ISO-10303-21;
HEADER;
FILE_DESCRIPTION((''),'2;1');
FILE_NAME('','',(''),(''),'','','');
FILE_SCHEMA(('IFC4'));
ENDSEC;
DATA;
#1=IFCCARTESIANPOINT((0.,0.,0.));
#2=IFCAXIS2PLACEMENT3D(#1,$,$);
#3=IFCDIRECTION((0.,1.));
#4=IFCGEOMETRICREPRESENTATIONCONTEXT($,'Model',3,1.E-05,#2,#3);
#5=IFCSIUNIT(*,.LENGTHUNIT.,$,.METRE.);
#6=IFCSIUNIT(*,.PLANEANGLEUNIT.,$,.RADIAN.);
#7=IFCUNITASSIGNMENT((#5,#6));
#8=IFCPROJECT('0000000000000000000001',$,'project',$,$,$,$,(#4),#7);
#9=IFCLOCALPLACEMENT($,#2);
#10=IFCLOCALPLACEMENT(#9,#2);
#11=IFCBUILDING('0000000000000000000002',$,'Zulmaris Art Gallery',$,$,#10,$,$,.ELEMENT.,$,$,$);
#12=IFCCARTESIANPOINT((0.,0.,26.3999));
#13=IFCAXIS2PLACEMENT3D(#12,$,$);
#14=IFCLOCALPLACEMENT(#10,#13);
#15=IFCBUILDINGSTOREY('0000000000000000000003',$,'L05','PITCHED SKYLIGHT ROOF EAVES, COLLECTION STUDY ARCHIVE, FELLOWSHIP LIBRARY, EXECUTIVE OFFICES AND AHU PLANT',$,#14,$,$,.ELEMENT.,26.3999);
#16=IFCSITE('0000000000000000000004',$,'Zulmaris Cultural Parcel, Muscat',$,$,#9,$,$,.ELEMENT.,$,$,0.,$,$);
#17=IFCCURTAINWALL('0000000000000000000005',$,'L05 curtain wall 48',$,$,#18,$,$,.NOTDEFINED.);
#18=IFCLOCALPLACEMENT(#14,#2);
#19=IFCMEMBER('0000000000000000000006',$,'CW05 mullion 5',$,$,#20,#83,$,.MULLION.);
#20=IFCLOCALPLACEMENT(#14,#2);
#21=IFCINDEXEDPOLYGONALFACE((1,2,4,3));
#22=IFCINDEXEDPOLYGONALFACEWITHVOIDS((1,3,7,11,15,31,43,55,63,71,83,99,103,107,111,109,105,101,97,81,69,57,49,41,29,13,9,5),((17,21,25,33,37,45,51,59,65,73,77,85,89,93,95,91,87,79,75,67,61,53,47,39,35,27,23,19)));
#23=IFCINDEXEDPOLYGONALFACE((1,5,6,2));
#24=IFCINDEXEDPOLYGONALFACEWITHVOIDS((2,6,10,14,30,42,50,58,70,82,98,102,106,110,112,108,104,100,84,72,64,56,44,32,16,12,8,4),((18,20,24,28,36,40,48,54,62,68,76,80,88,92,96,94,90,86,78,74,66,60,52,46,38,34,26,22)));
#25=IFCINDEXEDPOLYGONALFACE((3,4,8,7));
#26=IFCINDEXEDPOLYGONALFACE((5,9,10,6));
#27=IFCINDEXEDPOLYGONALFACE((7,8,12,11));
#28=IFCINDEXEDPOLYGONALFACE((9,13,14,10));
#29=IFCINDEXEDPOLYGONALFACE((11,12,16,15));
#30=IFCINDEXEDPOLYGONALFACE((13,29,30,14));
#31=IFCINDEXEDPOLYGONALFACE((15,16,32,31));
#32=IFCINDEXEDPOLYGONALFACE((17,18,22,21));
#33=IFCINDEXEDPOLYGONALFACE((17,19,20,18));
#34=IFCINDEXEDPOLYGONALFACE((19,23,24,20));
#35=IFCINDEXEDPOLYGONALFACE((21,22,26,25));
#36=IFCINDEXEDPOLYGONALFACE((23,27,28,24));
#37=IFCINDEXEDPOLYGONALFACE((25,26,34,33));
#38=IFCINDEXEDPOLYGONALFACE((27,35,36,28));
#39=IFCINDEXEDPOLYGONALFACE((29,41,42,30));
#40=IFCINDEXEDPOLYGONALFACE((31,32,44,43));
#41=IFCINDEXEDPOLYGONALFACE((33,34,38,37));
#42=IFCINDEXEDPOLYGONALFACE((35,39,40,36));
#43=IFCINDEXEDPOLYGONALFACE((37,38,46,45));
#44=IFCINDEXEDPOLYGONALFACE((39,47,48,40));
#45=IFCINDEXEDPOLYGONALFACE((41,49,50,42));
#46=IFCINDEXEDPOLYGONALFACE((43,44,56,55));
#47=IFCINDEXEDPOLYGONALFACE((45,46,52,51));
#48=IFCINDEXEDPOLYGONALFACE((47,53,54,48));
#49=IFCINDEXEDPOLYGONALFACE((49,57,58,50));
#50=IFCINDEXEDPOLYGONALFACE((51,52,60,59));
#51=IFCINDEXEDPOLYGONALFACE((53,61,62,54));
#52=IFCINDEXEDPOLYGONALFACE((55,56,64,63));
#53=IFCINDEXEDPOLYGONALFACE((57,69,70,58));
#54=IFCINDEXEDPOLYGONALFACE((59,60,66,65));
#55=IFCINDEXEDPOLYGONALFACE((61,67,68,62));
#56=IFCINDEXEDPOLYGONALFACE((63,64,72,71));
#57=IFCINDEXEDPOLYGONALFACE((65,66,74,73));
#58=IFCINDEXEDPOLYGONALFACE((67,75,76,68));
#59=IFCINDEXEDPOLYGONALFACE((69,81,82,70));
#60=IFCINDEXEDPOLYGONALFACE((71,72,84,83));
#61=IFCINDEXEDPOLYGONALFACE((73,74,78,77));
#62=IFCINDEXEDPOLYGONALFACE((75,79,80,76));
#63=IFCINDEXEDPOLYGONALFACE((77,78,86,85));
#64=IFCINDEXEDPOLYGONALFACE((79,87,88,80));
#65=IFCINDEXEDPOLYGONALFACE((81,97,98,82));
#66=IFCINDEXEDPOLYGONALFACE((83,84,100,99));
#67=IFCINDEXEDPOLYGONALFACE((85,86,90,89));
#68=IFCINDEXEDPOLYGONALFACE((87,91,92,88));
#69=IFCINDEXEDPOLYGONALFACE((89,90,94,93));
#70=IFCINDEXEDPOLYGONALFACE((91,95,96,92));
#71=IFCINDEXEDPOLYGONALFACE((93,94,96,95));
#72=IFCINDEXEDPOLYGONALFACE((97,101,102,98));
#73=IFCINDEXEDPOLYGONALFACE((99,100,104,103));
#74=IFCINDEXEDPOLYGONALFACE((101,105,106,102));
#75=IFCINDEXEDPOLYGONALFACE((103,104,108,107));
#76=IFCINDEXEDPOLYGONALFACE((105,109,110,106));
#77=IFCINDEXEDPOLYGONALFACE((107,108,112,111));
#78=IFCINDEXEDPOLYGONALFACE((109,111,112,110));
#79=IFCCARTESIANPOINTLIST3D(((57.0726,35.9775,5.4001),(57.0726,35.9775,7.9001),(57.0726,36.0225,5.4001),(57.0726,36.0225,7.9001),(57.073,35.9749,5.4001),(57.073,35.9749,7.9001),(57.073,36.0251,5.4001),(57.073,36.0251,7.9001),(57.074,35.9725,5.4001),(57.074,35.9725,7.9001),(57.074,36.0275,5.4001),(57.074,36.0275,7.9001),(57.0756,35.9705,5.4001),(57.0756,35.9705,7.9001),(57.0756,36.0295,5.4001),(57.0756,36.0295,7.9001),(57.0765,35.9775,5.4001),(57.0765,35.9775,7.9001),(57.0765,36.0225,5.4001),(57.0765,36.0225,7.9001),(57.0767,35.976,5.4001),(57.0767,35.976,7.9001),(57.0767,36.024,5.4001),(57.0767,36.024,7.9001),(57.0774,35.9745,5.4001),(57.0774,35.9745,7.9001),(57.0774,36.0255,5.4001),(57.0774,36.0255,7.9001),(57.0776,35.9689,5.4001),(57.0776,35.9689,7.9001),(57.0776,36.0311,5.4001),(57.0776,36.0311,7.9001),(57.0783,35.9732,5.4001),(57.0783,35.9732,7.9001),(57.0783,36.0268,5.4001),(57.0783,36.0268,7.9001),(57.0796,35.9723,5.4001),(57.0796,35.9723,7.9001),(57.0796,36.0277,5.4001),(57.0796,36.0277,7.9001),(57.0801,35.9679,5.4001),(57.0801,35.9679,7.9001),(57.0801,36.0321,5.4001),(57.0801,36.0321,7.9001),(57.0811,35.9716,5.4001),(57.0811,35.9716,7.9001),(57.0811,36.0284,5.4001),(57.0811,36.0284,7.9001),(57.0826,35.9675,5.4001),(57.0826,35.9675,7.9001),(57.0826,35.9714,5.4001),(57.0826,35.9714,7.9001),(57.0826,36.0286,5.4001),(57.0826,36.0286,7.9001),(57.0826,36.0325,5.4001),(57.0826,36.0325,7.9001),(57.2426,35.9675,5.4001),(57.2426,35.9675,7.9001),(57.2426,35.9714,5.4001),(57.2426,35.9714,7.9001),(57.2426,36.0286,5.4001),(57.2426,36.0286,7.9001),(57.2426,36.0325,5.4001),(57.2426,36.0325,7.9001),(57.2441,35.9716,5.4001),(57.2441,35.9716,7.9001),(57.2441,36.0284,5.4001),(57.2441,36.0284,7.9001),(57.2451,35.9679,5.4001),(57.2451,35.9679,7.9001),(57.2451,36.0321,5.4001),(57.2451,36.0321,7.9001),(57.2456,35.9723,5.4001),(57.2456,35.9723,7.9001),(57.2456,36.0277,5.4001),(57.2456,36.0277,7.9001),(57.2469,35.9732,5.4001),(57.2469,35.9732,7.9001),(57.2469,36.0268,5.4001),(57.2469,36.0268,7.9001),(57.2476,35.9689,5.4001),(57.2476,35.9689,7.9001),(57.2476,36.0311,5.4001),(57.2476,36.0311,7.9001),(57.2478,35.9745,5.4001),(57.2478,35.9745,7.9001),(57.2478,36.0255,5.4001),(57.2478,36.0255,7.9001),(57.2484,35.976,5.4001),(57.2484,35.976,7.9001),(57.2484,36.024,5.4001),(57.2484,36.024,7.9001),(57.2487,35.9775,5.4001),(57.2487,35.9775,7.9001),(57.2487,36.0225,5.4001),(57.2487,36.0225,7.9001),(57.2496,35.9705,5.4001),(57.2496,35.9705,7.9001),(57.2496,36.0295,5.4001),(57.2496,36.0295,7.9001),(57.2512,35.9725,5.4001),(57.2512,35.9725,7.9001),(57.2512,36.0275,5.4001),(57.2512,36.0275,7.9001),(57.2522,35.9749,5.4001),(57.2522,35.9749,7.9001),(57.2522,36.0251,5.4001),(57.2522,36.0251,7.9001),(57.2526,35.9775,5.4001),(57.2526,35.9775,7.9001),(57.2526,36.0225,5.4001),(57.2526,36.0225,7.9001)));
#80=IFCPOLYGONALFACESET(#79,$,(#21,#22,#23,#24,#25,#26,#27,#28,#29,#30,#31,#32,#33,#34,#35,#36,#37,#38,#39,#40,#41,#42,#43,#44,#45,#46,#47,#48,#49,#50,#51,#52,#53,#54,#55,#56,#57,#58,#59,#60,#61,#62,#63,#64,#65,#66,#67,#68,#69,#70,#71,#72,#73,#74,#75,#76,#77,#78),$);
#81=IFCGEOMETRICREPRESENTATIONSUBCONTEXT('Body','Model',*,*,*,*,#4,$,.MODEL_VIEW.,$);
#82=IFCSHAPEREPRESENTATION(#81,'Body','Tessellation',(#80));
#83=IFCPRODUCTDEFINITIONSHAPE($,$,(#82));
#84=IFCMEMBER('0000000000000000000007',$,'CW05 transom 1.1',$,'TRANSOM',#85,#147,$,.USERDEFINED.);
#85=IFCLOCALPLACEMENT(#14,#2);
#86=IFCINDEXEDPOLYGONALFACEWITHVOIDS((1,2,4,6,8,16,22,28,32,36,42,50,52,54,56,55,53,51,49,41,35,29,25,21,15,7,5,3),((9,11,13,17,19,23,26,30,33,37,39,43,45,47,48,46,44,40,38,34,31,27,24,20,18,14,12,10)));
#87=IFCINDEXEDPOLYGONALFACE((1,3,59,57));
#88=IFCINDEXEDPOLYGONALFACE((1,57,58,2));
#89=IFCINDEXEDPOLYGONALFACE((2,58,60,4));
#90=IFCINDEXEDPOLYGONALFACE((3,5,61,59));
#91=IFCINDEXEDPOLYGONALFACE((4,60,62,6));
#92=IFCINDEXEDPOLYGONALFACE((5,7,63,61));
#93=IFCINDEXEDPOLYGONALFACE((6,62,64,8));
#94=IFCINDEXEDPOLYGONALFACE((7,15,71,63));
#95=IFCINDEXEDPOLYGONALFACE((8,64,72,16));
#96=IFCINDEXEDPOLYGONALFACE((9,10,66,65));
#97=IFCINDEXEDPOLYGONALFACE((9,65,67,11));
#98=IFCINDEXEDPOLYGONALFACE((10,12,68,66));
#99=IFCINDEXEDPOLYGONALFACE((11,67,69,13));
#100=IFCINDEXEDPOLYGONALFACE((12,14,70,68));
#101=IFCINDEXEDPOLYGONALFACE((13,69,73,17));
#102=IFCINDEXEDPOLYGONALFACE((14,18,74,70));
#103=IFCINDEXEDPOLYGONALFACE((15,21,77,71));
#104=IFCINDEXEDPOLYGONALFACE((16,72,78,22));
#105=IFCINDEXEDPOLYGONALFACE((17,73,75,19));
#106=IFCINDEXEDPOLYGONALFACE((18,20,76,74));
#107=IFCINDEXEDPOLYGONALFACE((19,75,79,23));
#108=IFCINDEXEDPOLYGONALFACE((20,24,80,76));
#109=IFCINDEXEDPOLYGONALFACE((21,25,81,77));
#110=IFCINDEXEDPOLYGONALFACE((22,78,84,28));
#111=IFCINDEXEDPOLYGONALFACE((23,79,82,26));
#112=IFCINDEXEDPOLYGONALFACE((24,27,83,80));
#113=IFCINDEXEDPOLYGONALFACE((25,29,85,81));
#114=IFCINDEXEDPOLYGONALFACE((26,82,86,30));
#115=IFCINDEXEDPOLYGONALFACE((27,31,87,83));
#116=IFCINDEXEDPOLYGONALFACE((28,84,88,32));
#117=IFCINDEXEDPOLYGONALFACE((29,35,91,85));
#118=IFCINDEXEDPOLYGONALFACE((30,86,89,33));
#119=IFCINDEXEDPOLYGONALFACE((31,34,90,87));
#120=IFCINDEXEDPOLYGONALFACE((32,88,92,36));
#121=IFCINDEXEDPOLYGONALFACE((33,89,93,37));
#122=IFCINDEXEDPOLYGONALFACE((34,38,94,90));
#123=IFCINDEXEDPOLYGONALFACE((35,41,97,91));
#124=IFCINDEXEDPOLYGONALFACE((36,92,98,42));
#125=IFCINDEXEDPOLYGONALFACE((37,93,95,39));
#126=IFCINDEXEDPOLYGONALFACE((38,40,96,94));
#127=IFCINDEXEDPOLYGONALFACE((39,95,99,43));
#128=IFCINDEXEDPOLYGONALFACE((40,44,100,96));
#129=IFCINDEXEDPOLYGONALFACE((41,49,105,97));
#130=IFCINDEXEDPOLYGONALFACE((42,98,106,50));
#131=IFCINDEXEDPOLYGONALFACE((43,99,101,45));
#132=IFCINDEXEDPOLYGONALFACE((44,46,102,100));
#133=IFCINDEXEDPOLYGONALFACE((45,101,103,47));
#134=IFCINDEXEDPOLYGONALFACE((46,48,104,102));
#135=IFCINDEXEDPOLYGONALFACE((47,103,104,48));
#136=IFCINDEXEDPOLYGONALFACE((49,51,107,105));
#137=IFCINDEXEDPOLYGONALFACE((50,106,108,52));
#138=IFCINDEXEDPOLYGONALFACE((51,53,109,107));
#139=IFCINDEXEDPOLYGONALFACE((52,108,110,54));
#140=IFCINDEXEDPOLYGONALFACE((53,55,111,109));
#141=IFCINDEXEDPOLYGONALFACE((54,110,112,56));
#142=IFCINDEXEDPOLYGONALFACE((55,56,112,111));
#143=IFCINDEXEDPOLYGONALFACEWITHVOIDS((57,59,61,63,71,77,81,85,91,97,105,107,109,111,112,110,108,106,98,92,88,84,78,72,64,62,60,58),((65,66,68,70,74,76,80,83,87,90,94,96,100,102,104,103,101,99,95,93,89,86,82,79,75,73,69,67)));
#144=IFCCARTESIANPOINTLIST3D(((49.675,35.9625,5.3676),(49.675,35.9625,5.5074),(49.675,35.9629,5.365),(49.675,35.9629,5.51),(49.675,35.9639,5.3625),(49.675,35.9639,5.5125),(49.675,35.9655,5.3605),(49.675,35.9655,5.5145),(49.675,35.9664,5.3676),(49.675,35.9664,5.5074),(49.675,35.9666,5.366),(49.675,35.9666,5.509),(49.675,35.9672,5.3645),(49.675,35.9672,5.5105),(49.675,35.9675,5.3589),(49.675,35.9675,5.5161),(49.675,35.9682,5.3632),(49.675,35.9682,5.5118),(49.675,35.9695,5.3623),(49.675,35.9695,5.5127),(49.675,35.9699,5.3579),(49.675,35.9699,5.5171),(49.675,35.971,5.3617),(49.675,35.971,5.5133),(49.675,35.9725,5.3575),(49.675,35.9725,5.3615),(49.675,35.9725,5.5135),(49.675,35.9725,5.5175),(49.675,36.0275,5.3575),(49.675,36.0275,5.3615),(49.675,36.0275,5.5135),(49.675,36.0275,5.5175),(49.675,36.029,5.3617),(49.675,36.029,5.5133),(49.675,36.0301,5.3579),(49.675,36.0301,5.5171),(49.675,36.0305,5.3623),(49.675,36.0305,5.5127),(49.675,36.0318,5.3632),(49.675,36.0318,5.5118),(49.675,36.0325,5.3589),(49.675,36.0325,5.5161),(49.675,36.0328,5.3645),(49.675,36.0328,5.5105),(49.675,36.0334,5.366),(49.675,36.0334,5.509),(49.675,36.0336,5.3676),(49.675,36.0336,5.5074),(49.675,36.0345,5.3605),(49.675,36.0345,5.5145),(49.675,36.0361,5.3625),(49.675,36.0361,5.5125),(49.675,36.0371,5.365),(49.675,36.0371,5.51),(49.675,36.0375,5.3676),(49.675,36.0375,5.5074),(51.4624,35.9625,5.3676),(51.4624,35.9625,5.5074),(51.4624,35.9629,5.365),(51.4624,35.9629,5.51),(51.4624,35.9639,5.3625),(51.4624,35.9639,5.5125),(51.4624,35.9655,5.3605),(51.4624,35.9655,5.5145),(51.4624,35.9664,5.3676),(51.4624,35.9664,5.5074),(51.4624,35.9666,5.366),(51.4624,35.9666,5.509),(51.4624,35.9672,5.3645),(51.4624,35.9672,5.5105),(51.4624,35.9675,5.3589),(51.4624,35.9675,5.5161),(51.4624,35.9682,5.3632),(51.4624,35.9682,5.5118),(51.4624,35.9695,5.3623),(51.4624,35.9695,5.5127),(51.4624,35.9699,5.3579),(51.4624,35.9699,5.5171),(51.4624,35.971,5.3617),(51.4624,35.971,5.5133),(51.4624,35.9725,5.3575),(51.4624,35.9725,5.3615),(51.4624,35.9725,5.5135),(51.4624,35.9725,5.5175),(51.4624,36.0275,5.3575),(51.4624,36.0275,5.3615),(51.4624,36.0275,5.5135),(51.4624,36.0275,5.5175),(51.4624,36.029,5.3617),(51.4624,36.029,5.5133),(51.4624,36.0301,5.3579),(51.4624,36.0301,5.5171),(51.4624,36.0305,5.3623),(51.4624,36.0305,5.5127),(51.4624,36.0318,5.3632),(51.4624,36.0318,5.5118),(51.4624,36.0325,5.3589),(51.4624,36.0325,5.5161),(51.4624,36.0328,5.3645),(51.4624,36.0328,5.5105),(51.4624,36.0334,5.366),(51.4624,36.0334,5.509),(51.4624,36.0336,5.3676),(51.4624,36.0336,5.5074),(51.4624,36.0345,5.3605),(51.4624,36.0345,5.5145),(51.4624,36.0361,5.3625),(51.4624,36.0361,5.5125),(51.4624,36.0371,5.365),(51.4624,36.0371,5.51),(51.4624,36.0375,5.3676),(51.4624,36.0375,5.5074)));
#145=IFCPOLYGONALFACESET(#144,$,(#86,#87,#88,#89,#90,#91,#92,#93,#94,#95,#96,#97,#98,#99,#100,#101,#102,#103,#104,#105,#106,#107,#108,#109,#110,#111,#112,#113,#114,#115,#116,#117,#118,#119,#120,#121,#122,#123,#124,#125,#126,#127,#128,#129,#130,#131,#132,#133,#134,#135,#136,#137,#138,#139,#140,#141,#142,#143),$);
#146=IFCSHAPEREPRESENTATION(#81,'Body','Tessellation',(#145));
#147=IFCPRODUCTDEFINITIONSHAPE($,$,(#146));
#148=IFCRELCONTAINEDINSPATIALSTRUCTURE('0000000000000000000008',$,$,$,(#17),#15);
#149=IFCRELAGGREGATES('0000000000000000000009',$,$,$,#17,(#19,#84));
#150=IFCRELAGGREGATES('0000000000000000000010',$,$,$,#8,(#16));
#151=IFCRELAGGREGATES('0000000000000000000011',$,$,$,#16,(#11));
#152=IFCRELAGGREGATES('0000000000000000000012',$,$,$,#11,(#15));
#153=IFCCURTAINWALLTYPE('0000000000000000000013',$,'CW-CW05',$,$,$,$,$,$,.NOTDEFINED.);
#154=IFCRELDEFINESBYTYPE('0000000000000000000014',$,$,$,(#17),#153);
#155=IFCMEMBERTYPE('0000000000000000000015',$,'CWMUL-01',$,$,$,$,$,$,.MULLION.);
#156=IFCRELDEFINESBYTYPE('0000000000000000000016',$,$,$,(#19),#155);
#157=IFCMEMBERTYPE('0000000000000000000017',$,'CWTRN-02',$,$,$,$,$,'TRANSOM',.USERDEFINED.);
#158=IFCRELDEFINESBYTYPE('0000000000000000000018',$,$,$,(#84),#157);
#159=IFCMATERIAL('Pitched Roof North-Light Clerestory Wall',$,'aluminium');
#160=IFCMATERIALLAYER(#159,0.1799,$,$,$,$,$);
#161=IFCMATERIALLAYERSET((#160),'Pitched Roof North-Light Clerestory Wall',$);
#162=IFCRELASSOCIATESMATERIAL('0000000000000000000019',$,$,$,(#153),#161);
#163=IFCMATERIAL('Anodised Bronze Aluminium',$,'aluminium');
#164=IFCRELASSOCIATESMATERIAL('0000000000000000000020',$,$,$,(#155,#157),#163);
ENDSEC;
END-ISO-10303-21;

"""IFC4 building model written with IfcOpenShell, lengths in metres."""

from ifc_helpers import new_model, si_unit, direction, frame, origin, origin_2d, place, context, subcontext, project, spatial, hollow_rectangle, extrude, material, layer, layer_set, material_profile, profile_set, type_object, element, aggregate, save


model = new_model("IFC4")

# Units and contexts
model_context = context("Model", 3, precision=1e-05, world=origin(), true_north=direction((0.0, 1.0)))
body_context = subcontext(model_context, "Body", "Model", "MODEL_VIEW")
ifc_project = project(units=[si_unit("LENGTHUNIT", "METRE"), si_unit("PLANEANGLEUNIT", "RADIAN")], contexts=[model_context])

# Site, building, storey
site_placement = place(None, origin())
site = spatial("IfcSite", under=ifc_project, at=site_placement, Name="Zulmaris Cultural Parcel, Muscat", CompositionType="ELEMENT", RefElevation=0.0)
building_placement = place(site_placement, origin())
building = spatial("IfcBuilding", under=site, at=building_placement, Name="Zulmaris Art Gallery", CompositionType="ELEMENT")
storey_placement = place(building_placement, frame((0.0, 0.0, 26.3999)))
storey = spatial("IfcBuildingStorey", under=building, at=storey_placement, Name="L05", Description="PITCHED SKYLIGHT ROOF EAVES, COLLECTION STUDY ARCHIVE, FELLOWSHIP LIBRARY, EXECUTIVE OFFICES AND AHU PLANT", CompositionType="ELEMENT", Elevation=26.3999)

# Curtain wall, members
ifc_material_1 = material(Name="Pitched Roof North-Light Clerestory Wall", Category="aluminium")
ifc_layer_1 = layer(ifc_material_1, 0.1799)
ifc_layer_set_1 = layer_set([ifc_layer_1], Name="Pitched Roof North-Light Clerestory Wall")
curtain_wall_type = type_object("IfcCurtainWallType", Name="CW-CW05", PredefinedType="NOTDEFINED", material=ifc_layer_set_1)
curtain_wall_placement = place(storey_placement, origin())
curtain_wall = element("IfcCurtainWall", 1, at=curtain_wall_placement, inside=storey, type_object=curtain_wall_type, Name="L05 curtain wall 48", PredefinedType="NOTDEFINED")
ifc_material_2 = material(Name="Anodised Bronze Aluminium", Category="aluminium")
ifc_material_profile_1 = material_profile(ifc_material_2, hollow_rectangle(XDim=0.0649, YDim=0.1799, WallThickness=0.0039, InnerFilletRadius=0.0061, OuterFilletRadius=0.01, at=origin_2d()), Name="ALU 65x180x4")
ifc_profile_set_1 = profile_set([ifc_material_profile_1], Name="Anodised Bronze Aluminium")
member_type_1 = type_object("IfcMemberType", Name="CWMUL-01", PredefinedType="MULLION", material=ifc_profile_set_1)
member_1_placement = place(storey_placement, frame((57.1626, 36.0, 5.4001), z_axis=(0.0, 0.0, 1.0), x_axis=(0.0, 1.0, 0.0)))
member_1 = element("IfcMember", 2, at=member_1_placement, type_object=member_type_1, Name="CW05 mullion 5", PredefinedType="MULLION", context=body_context, shape_type="SweptSolid", body=[
    extrude(hollow_rectangle(XDim=0.0649, YDim=0.1799, WallThickness=0.0039, InnerFilletRadius=0.0061, OuterFilletRadius=0.01, at=origin_2d()), origin(), (0.0, 0.0, 1.0), 2.5),
])
ifc_material_profile_2 = material_profile(ifc_material_2, hollow_rectangle(XDim=0.075, YDim=0.1599, WallThickness=0.0039, InnerFilletRadius=0.0061, OuterFilletRadius=0.01, at=origin_2d()), Name="ALU 75x160x4")
ifc_profile_set_2 = profile_set([ifc_material_profile_2], Name="Anodised Bronze Aluminium")
member_type_2 = type_object("IfcMemberType", Name="CWTRN-02", ElementType="TRANSOM", PredefinedType="USERDEFINED", material=ifc_profile_set_2)
member_2_placement = place(storey_placement, frame((49.675, 36.0, 5.4375), z_axis=(1.0, 0.0, 0.0), x_axis=(0.0, 1.0, 0.0)))
member_2 = element("IfcMember", 3, at=member_2_placement, type_object=member_type_2, Name="CW05 transom 1.1", ObjectType="TRANSOM", PredefinedType="USERDEFINED", context=body_context, shape_type="SweptSolid", body=[
    extrude(hollow_rectangle(XDim=0.075, YDim=0.1599, WallThickness=0.0039, InnerFilletRadius=0.0061, OuterFilletRadius=0.01, at=origin_2d()), origin(), (0.0, 0.0, 1.0), 1.7874),
])

aggregate(curtain_wall, [member_1, member_2])

save(model, "model.ifc")
